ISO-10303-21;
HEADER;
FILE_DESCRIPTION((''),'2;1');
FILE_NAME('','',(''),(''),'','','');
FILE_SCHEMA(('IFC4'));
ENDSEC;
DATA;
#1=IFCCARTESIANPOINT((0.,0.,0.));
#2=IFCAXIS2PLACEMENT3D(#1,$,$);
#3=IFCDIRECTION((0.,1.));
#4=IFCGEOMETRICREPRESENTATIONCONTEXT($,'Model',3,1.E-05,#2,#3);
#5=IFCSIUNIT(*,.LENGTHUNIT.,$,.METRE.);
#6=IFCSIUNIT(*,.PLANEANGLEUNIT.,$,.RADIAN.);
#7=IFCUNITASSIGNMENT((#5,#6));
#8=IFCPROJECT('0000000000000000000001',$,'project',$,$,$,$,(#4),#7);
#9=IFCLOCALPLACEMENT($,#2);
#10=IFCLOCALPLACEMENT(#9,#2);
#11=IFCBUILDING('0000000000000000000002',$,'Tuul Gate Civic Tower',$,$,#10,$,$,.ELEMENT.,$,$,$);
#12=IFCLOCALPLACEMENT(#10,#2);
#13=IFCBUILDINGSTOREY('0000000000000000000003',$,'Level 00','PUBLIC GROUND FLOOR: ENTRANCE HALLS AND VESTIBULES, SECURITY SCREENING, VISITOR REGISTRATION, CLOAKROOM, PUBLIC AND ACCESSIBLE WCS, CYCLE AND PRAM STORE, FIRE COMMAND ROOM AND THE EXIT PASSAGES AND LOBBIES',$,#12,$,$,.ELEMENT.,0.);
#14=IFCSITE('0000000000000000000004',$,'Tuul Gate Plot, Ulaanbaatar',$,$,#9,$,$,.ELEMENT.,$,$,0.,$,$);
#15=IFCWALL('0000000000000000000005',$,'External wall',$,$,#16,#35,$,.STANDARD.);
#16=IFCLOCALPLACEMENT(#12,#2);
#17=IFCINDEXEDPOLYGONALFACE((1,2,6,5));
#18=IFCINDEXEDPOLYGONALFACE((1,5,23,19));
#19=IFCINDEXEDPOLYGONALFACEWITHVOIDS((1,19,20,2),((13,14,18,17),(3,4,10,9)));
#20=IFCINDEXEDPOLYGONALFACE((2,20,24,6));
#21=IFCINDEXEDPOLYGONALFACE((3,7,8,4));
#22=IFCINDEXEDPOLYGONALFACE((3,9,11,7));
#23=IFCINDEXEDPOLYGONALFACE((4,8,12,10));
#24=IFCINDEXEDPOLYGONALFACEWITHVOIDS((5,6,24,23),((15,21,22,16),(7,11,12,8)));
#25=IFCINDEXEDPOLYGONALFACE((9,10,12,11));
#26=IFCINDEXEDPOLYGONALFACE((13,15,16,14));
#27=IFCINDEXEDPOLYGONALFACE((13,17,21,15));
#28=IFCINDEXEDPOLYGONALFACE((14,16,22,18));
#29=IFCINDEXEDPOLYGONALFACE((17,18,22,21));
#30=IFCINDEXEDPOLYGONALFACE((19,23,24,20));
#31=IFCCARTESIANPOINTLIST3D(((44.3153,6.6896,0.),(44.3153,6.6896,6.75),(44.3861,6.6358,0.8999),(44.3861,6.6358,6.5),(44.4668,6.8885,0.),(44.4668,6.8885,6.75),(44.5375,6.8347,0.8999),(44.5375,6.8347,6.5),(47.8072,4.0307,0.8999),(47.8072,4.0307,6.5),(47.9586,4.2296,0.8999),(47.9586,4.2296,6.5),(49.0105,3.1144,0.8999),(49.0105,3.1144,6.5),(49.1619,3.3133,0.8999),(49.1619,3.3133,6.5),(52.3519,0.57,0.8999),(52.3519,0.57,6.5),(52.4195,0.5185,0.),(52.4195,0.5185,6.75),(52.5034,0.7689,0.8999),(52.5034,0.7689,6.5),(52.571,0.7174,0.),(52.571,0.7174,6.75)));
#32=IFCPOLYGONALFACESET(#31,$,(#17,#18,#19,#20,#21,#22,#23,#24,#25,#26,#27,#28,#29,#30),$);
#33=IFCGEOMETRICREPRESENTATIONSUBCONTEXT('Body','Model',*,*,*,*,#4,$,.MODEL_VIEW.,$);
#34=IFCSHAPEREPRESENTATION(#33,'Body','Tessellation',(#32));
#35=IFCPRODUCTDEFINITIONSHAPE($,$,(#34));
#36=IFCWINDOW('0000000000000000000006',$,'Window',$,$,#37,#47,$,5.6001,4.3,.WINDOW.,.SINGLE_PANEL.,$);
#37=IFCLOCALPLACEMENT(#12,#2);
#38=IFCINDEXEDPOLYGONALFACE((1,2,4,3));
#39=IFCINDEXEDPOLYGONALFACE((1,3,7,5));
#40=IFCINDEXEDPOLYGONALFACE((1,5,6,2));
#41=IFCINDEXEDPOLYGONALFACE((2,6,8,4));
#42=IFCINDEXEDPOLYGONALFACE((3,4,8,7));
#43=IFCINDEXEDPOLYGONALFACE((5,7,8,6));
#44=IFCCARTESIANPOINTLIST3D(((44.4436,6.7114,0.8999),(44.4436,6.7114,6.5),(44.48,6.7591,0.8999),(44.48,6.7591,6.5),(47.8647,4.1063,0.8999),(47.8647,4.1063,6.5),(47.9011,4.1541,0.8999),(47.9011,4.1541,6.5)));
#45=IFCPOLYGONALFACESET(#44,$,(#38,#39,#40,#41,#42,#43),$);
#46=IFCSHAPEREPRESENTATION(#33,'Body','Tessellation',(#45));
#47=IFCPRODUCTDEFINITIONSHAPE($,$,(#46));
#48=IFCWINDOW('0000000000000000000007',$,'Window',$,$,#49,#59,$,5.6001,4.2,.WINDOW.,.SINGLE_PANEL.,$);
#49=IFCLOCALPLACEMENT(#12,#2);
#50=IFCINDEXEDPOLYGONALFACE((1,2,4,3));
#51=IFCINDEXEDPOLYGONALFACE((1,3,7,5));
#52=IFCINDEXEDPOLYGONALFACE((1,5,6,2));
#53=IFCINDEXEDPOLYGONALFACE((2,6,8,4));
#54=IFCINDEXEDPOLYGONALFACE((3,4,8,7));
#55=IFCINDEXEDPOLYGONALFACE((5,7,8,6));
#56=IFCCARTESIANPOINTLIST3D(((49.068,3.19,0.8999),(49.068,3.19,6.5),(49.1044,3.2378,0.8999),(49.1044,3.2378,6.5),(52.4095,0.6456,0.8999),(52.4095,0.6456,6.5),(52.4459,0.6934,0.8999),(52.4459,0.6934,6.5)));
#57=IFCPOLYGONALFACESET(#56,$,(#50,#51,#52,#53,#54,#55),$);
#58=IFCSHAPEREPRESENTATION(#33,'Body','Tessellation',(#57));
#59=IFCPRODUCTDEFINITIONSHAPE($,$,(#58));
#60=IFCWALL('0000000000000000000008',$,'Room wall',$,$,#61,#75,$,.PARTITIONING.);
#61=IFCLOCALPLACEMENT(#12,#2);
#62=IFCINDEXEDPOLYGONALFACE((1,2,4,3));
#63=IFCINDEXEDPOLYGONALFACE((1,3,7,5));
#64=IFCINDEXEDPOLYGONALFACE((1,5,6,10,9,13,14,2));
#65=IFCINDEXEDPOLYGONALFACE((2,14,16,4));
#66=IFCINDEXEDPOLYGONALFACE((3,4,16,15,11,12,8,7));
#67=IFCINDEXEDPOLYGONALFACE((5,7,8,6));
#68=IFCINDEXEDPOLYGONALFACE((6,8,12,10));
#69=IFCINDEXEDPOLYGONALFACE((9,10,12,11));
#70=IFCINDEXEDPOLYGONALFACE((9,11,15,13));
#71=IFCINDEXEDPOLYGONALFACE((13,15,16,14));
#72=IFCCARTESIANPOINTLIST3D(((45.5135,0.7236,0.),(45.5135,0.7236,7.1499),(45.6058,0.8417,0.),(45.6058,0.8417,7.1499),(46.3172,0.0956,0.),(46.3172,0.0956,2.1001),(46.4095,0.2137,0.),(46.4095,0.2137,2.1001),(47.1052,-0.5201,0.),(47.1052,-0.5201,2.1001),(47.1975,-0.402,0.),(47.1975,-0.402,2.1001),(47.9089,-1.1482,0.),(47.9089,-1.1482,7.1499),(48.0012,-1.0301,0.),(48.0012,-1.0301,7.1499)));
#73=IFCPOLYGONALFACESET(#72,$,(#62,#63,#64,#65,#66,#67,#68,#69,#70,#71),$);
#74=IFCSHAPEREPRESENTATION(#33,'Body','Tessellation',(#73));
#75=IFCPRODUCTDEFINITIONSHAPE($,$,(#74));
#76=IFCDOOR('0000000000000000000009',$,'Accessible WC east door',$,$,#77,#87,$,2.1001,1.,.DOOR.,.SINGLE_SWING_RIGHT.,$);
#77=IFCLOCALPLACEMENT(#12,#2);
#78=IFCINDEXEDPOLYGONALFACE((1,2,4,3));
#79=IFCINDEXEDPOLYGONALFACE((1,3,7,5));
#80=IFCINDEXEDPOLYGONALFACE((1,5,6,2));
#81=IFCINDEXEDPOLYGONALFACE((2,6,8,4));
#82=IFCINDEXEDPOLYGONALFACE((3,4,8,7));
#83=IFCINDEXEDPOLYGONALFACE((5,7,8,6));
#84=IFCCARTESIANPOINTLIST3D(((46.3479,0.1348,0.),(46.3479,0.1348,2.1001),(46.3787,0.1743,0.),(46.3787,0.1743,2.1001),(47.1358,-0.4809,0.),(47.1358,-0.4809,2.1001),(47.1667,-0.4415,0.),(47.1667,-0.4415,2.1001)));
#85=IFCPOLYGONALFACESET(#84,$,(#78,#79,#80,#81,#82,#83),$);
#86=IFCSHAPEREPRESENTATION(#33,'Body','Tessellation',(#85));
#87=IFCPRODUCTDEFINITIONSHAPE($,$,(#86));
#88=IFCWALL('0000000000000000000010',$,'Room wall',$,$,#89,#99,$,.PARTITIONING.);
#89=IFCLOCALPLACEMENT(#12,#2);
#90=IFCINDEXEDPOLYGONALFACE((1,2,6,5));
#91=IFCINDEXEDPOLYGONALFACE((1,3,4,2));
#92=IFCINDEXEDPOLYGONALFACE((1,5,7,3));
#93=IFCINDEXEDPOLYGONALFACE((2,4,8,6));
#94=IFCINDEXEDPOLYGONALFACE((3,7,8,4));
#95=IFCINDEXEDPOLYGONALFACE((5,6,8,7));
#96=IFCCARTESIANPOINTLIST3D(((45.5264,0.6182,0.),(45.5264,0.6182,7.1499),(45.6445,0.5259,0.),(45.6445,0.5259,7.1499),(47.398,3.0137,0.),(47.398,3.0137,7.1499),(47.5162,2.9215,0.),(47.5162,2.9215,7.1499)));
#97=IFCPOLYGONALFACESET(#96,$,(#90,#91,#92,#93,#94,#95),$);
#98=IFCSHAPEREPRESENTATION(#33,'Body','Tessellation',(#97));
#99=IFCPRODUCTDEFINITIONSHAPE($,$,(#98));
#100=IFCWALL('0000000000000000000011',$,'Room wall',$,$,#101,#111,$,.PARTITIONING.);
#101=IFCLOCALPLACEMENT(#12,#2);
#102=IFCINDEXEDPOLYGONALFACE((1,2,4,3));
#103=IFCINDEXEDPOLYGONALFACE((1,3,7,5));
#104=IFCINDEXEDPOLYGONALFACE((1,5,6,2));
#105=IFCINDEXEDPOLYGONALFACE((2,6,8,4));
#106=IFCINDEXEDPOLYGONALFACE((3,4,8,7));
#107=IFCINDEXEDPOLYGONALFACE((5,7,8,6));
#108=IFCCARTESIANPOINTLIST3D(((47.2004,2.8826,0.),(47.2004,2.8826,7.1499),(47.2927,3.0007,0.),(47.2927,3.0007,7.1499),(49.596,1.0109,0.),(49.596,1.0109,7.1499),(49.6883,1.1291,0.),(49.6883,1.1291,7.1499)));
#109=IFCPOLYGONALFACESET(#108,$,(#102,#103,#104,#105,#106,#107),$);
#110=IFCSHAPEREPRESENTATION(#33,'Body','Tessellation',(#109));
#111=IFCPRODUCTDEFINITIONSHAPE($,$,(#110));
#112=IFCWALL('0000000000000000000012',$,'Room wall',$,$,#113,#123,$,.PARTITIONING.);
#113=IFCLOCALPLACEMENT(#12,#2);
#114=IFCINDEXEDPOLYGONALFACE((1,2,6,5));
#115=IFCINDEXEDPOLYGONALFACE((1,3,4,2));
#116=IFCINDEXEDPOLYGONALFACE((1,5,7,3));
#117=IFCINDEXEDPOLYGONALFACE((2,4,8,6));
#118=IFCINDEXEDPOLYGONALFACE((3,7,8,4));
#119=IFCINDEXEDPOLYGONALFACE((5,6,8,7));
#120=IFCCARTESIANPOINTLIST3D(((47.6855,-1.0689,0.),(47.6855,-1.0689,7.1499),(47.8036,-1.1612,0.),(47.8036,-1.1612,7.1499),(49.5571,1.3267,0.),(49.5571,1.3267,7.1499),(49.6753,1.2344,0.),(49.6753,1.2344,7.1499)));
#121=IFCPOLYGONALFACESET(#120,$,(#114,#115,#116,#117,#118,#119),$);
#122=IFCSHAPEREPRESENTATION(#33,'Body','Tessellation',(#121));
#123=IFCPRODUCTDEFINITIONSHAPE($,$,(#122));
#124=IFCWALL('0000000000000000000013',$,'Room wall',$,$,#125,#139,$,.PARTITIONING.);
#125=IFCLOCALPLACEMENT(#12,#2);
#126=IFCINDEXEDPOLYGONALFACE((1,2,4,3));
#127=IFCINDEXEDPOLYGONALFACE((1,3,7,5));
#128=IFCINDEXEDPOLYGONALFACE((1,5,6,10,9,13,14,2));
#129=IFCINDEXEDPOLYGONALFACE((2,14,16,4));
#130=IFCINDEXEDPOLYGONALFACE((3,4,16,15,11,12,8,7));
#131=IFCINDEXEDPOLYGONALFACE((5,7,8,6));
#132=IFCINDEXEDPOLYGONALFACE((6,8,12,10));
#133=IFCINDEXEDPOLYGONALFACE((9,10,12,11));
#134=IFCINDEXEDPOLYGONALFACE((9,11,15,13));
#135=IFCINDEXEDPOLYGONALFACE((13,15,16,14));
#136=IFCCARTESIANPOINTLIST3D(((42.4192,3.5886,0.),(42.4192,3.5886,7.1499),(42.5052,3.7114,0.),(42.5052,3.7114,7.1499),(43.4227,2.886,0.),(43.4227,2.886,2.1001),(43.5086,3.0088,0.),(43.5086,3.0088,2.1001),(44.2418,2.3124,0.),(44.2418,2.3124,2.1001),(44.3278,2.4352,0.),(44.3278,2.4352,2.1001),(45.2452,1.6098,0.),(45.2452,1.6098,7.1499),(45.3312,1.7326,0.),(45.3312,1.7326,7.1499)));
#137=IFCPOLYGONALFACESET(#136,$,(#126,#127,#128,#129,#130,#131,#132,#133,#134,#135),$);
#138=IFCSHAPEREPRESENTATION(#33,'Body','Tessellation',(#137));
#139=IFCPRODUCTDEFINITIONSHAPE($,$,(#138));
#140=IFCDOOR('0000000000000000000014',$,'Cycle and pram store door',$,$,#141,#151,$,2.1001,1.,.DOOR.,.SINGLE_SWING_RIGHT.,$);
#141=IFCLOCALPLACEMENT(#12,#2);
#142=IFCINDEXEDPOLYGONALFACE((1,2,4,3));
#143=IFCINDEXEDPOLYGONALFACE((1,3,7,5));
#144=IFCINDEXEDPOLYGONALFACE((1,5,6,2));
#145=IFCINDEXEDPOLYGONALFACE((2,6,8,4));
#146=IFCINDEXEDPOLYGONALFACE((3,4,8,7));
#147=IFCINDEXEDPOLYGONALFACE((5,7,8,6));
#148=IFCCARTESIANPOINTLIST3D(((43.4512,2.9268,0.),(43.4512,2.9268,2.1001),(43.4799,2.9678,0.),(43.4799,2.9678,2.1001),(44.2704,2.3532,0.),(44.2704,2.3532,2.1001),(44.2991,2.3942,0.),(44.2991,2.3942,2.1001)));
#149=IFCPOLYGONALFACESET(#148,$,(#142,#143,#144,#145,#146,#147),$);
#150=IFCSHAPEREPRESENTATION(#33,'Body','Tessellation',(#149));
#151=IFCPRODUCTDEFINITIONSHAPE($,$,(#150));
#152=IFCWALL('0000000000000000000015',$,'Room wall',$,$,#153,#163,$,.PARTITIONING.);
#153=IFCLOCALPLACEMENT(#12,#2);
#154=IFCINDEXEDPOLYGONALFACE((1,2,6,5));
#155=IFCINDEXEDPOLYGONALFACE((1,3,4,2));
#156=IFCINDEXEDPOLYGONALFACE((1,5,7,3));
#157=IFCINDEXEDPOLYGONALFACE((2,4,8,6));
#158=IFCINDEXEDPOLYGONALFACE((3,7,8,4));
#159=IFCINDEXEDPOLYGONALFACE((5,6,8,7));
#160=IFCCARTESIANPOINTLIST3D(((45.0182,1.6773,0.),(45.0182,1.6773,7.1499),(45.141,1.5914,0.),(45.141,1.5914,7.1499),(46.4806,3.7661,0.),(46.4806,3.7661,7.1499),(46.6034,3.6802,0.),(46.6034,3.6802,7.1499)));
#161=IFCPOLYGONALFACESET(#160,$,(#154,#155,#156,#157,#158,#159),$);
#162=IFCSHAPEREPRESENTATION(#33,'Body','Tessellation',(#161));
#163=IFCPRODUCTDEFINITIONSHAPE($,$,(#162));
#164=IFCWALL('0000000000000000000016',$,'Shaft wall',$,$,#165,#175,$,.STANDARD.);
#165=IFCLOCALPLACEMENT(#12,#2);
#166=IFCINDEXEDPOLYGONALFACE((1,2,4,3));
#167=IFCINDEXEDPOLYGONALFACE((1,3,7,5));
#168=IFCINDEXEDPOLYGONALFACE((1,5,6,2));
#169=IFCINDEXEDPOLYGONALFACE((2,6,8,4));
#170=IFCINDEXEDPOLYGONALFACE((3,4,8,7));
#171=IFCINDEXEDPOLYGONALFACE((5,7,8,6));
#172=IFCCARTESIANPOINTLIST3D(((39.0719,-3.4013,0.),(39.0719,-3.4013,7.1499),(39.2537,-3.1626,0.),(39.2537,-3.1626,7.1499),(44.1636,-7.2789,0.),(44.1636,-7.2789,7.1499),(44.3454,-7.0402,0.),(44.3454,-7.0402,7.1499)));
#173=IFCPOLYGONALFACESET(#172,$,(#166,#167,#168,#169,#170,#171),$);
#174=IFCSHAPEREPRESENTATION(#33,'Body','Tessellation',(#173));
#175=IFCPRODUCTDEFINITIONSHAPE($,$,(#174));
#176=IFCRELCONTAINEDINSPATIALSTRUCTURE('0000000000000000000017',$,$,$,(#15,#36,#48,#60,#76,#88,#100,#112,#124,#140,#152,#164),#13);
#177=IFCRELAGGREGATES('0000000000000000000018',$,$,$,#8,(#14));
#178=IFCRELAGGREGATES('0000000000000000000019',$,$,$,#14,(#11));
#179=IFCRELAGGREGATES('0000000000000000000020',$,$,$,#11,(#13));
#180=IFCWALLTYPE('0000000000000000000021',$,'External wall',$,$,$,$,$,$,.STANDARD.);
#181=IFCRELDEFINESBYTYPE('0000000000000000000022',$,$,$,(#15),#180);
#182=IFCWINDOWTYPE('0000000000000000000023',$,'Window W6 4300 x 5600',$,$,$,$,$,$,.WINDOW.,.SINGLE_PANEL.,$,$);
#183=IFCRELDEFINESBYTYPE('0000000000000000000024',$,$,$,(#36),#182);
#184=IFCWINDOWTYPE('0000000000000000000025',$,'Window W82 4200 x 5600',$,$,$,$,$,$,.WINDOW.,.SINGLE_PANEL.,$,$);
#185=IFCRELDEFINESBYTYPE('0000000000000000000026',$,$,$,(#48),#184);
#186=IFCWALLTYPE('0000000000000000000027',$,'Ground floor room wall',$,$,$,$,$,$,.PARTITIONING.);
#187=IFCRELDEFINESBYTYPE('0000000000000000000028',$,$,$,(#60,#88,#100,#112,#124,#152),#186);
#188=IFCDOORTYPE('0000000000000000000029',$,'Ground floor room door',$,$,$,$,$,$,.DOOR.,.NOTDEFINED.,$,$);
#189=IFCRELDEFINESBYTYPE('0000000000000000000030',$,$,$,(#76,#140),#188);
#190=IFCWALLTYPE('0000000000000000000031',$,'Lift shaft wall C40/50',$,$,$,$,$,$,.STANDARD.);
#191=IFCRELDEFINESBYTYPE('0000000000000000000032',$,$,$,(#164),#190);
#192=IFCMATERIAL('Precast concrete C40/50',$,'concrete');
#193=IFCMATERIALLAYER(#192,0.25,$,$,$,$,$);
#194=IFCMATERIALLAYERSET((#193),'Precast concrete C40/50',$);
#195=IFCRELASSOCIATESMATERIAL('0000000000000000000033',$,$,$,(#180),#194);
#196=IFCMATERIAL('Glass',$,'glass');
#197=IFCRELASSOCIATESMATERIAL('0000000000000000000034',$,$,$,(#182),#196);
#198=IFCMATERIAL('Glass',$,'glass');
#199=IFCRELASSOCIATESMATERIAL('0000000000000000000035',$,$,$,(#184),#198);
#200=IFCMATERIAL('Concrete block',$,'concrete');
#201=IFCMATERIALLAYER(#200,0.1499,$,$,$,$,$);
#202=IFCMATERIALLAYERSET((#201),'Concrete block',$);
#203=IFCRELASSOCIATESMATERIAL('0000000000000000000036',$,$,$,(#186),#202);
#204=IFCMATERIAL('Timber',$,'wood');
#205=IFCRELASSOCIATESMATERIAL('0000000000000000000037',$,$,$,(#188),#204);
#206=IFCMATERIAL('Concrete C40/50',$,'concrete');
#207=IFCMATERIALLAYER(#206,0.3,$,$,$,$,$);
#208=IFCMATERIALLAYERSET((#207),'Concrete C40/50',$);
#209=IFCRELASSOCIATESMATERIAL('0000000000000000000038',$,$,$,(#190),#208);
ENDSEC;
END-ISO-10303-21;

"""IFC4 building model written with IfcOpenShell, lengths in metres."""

from ifc_helpers import new_model, si_unit, direction, frame, frame_2d, origin, place, context, subcontext, project, spatial, rectangle, extrude, material, layer, layer_set, type_object, element, fill, save


model = new_model("IFC4")

# Units and contexts
model_context = context("Model", 3, precision=1e-05, world=origin(), true_north=direction((0.0, 1.0)))
body_context = subcontext(model_context, "Body", "Model", "MODEL_VIEW")
ifc_project = project(units=[si_unit("LENGTHUNIT", "METRE"), si_unit("PLANEANGLEUNIT", "RADIAN")], contexts=[model_context])

# Site, building, storey
site_placement = place(None, origin())
site = spatial("IfcSite", under=ifc_project, at=site_placement, Name="Tuul Gate Plot, Ulaanbaatar", CompositionType="ELEMENT", RefElevation=0.0)
building_placement = place(site_placement, origin())
building = spatial("IfcBuilding", under=site, at=building_placement, Name="Tuul Gate Civic Tower", CompositionType="ELEMENT")
storey_placement = place(building_placement, origin())
storey = spatial("IfcBuildingStorey", under=building, at=storey_placement, Name="Level 00", Description="PUBLIC GROUND FLOOR: ENTRANCE HALLS AND VESTIBULES, SECURITY SCREENING, VISITOR REGISTRATION, CLOAKROOM, PUBLIC AND ACCESSIBLE WCS, CYCLE AND PRAM STORE, FIRE COMMAND ROOM AND THE EXIT PASSAGES AND LOBBIES", CompositionType="ELEMENT", Elevation=0.0)

# Wall, openings, windows
ifc_material_1 = material(Name="Precast concrete C40/50", Category="concrete")
ifc_layer_1 = layer(ifc_material_1, 0.25)
ifc_layer_set_1 = layer_set([ifc_layer_1], Name="Precast concrete C40/50")
wall_type_1 = type_object("IfcWallType", Name="External wall", PredefinedType="STANDARD", material=ifc_layer_set_1)
wall_1_placement = place(storey_placement, frame((52.4954, 0.6179, 0.0), z_axis=(0.0, 0.0, 1.0), x_axis=(-0.795598, 0.605824, 0.0)))
wall_1 = element("IfcWall", 1, at=wall_1_placement, inside=storey, type_object=wall_type_1, Name="External wall", PredefinedType="STANDARD", context=body_context, shape_type="SweptSolid", body=[
    extrude(rectangle(XDim=10.1863, YDim=0.25, at=frame_2d((5.0933, 0.0))), origin(), (0.0, 0.0, 1.0), 6.75),
])
opening_1_placement = place(wall_1_placement, frame((0.085, 0.0, 0.8999)))
opening_1 = element("IfcOpeningElement", 2, at=opening_1_placement, cuts=wall_1, PredefinedType="OPENING", context=body_context, shape_type="SweptSolid", body=[
    extrude(rectangle(XDim=4.2, YDim=5.6001, at=frame_2d((2.1001, 2.8))), frame((0.0, 0.135, 0.0), z_axis=(0.0, -1.0, 0.0), x_axis=(1.0, 0.0, 0.0)), (0.0, 0.0, 1.0), 0.27),
])
opening_2_placement = place(wall_1_placement, frame((5.7976, 0.0, 0.8999)))
opening_2 = element("IfcOpeningElement", 3, at=opening_2_placement, cuts=wall_1, PredefinedType="OPENING", context=body_context, shape_type="SweptSolid", body=[
    extrude(rectangle(XDim=4.3, YDim=5.6001, at=frame_2d((2.1499, 2.8))), frame((0.0, 0.135, 0.0), z_axis=(0.0, -1.0, 0.0), x_axis=(1.0, 0.0, 0.0)), (0.0, 0.0, 1.0), 0.27),
])
ifc_material_2 = material(Name="Glass", Category="glass")
window_type_1 = type_object("IfcWindowType", Name="Window W6 4300 x 5600", PartitioningType="SINGLE_PANEL", PredefinedType="WINDOW", material=ifc_material_2)
window_1_placement = place(opening_2_placement, origin())
window_1 = element("IfcWindow", 4, at=window_1_placement, inside=storey, type_object=window_type_1, Name="Window", OverallHeight=5.6001, OverallWidth=4.3, PartitioningType="SINGLE_PANEL", PredefinedType="WINDOW", context=body_context, shape_type="SweptSolid", body=[
    extrude(rectangle(XDim=4.3, YDim=5.6001, at=frame_2d((2.1499, 2.8))), frame((0.0, 0.03, 0.0), z_axis=(0.0, -1.0, 0.0), x_axis=(1.0, 0.0, 0.0)), (0.0, 0.0, 1.0), 0.0601),
])
fill(opening_2, window_1)
ifc_material_3 = material(Name="Glass", Category="glass")
window_type_2 = type_object("IfcWindowType", Name="Window W82 4200 x 5600", PartitioningType="SINGLE_PANEL", PredefinedType="WINDOW", material=ifc_material_3)
window_2_placement = place(opening_1_placement, origin())
window_2 = element("IfcWindow", 5, at=window_2_placement, inside=storey, type_object=window_type_2, Name="Window", OverallHeight=5.6001, OverallWidth=4.2, PartitioningType="SINGLE_PANEL", PredefinedType="WINDOW", context=body_context, shape_type="SweptSolid", body=[
    extrude(rectangle(XDim=4.2, YDim=5.6001, at=frame_2d((2.1001, 2.8))), frame((0.0, 0.03, 0.0), z_axis=(0.0, -1.0, 0.0), x_axis=(1.0, 0.0, 0.0)), (0.0, 0.0, 1.0), 0.0601),
])
fill(opening_1, window_2)

# Wall, opening, door
ifc_material_4 = material(Name="Concrete block", Category="concrete")
ifc_layer_2 = layer(ifc_material_4, 0.1499)
ifc_layer_set_2 = layer_set([ifc_layer_2], Name="Concrete block")
wall_type_2 = type_object("IfcWallType", Name="Ground floor room wall", PredefinedType="PARTITIONING", material=ifc_layer_set_2)
wall_2_placement = place(storey_placement, frame((47.9551, -1.0891, 0.0), z_axis=(0.0, 0.0, 1.0), x_axis=(-0.787971, 0.615713, 0.0)))
wall_2 = element("IfcWall", 6, at=wall_2_placement, inside=storey, type_object=wall_type_2, Name="Room wall", PredefinedType="PARTITIONING", context=body_context, shape_type="SweptSolid", body=[
    extrude(rectangle(XDim=3.04, YDim=0.1499, at=frame_2d((1.52, 0.0))), origin(), (0.0, 0.0, 1.0), 7.1499),
])
opening_3_placement = place(wall_2_placement, frame((1.02, 0.0, 0.0)))
opening_3 = element("IfcOpeningElement", 7, at=opening_3_placement, cuts=wall_2, PredefinedType="OPENING", context=body_context, shape_type="SweptSolid", body=[
    extrude(rectangle(XDim=1.0, YDim=2.1001, at=frame_2d((0.5, 1.05))), frame((0.0, 0.085, 0.0), z_axis=(0.0, -1.0, 0.0), x_axis=(1.0, 0.0, 0.0)), (0.0, 0.0, 1.0), 0.1699),
])
ifc_material_5 = material(Name="Timber", Category="wood")
door_type = type_object("IfcDoorType", Name="Ground floor room door", OperationType="NOTDEFINED", PredefinedType="DOOR", material=ifc_material_5)
door_1_placement = place(opening_3_placement, frame((1.0, 0.0, 0.0), z_axis=(0.0, 0.0, 1.0), x_axis=(-1.0, 0.0, 0.0)))
door_1 = element("IfcDoor", 8, at=door_1_placement, inside=storey, type_object=door_type, Name="Accessible WC east door", OperationType="SINGLE_SWING_RIGHT", OverallHeight=2.1001, OverallWidth=1.0, PredefinedType="DOOR", context=body_context, shape_type="SweptSolid", body=[
    extrude(rectangle(XDim=1.0, YDim=2.1001, at=frame_2d((0.5, 1.05))), frame((0.0, 0.0249, 0.0), z_axis=(0.0, -1.0, 0.0), x_axis=(1.0, 0.0, 0.0)), (0.0, 0.0, 1.0), 0.05),
])
fill(opening_3, door_1)

# Walls
for number, where, z_axis, x_axis, name in (
    (9, (45.5854, 0.572, 0.0), (0.0, 0.0, 1.0), (0.615663, 0.78801, 0.0), "Room wall"),
    (10, (47.2466, 2.9417, 0.0), (0.0, 0.0, 1.0), (0.78801, -0.615663, 0.0), "Room wall"),
    (11, (49.6162, 1.2805, 0.0), (0.0, 0.0, 1.0), (-0.615663, -0.78801, 0.0), "Room wall"),
):
    element("IfcWall", number, at=place(storey_placement, frame(where, z_axis=z_axis, x_axis=x_axis)), inside=storey, type_object=wall_type_2, Name=name, PredefinedType="PARTITIONING", context=body_context, shape_type="SweptSolid", body=[
        extrude(rectangle(XDim=3.04, YDim=0.1499, at=frame_2d((1.52, 0.0))), origin(), (0.0, 0.0, 1.0), 7.1499),
    ])

# Wall, opening, door
wall_3_placement = place(storey_placement, frame((45.2883, 1.6711, 0.0), z_axis=(0.0, 0.0, 1.0), x_axis=(-0.819149, 0.573581, 0.0)))
wall_3 = element("IfcWall", 12, at=wall_3_placement, inside=storey, type_object=wall_type_2, Name="Room wall", PredefinedType="PARTITIONING", context=body_context, shape_type="SweptSolid", body=[
    extrude(rectangle(XDim=3.45, YDim=0.1499, at=frame_2d((1.7251, 0.0))), origin(), (0.0, 0.0, 1.0), 7.1499),
])
opening_4_placement = place(wall_3_placement, frame((1.2251, 0.0, 0.0)))
opening_4 = element("IfcOpeningElement", 13, at=opening_4_placement, cuts=wall_3, PredefinedType="OPENING", context=body_context, shape_type="SweptSolid", body=[
    extrude(rectangle(XDim=1.0, YDim=2.1001, at=frame_2d((0.5, 1.05))), frame((0.0, 0.085, 0.0), z_axis=(0.0, -1.0, 0.0), x_axis=(1.0, 0.0, 0.0)), (0.0, 0.0, 1.0), 0.1699),
])
door_2_placement = place(opening_4_placement, frame((1.0, 0.0, 0.0), z_axis=(0.0, 0.0, 1.0), x_axis=(-1.0, 0.0, 0.0)))
door_2 = element("IfcDoor", 14, at=door_2_placement, inside=storey, type_object=door_type, Name="Cycle and pram store door", OperationType="SINGLE_SWING_RIGHT", OverallHeight=2.1001, OverallWidth=1.0, PredefinedType="DOOR", context=body_context, shape_type="SweptSolid", body=[
    extrude(rectangle(XDim=1.0, YDim=2.1001, at=frame_2d((0.5, 1.05))), frame((0.0, 0.0249, 0.0), z_axis=(0.0, -1.0, 0.0), x_axis=(1.0, 0.0, 0.0)), (0.0, 0.0, 1.0), 0.05),
])
fill(opening_4, door_2)

# Walls
wall_4_placement = place(storey_placement, frame((46.542, 3.7231, 0.0), z_axis=(0.0, 0.0, 1.0), x_axis=(-0.573514, -0.819196, 0.0)))
element("IfcWall", 15, at=wall_4_placement, inside=storey, type_object=wall_type_2, Name="Room wall", PredefinedType="PARTITIONING", context=body_context, shape_type="SweptSolid", body=[
    extrude(rectangle(XDim=2.5498, YDim=0.1499, at=frame_2d((1.2749, 0.0))), origin(), (0.0, 0.0, 1.0), 7.1499),
])
ifc_material_6 = material(Name="Concrete C40/50", Category="concrete")
ifc_layer_3 = layer(ifc_material_6, 0.3)
ifc_layer_set_3 = layer_set([ifc_layer_3], Name="Concrete C40/50")
wall_type_3 = type_object("IfcWallType", Name="Lift shaft wall C40/50", PredefinedType="STANDARD", material=ifc_layer_set_3)
wall_5_placement = place(storey_placement, frame((44.2546, -7.1597, 0.0), z_axis=(0.0, 0.0, 1.0), x_axis=(-0.795566, 0.605867, 0.0)))
element("IfcWall", 16, at=wall_5_placement, inside=storey, type_object=wall_type_3, Name="Shaft wall", PredefinedType="STANDARD", context=body_context, shape_type="SweptSolid", body=[
    extrude(rectangle(XDim=6.4001, YDim=0.3, at=frame_2d((3.2002, 0.0))), origin(), (0.0, 0.0, 1.0), 7.1499),
])

save(model, "model.ifc")
